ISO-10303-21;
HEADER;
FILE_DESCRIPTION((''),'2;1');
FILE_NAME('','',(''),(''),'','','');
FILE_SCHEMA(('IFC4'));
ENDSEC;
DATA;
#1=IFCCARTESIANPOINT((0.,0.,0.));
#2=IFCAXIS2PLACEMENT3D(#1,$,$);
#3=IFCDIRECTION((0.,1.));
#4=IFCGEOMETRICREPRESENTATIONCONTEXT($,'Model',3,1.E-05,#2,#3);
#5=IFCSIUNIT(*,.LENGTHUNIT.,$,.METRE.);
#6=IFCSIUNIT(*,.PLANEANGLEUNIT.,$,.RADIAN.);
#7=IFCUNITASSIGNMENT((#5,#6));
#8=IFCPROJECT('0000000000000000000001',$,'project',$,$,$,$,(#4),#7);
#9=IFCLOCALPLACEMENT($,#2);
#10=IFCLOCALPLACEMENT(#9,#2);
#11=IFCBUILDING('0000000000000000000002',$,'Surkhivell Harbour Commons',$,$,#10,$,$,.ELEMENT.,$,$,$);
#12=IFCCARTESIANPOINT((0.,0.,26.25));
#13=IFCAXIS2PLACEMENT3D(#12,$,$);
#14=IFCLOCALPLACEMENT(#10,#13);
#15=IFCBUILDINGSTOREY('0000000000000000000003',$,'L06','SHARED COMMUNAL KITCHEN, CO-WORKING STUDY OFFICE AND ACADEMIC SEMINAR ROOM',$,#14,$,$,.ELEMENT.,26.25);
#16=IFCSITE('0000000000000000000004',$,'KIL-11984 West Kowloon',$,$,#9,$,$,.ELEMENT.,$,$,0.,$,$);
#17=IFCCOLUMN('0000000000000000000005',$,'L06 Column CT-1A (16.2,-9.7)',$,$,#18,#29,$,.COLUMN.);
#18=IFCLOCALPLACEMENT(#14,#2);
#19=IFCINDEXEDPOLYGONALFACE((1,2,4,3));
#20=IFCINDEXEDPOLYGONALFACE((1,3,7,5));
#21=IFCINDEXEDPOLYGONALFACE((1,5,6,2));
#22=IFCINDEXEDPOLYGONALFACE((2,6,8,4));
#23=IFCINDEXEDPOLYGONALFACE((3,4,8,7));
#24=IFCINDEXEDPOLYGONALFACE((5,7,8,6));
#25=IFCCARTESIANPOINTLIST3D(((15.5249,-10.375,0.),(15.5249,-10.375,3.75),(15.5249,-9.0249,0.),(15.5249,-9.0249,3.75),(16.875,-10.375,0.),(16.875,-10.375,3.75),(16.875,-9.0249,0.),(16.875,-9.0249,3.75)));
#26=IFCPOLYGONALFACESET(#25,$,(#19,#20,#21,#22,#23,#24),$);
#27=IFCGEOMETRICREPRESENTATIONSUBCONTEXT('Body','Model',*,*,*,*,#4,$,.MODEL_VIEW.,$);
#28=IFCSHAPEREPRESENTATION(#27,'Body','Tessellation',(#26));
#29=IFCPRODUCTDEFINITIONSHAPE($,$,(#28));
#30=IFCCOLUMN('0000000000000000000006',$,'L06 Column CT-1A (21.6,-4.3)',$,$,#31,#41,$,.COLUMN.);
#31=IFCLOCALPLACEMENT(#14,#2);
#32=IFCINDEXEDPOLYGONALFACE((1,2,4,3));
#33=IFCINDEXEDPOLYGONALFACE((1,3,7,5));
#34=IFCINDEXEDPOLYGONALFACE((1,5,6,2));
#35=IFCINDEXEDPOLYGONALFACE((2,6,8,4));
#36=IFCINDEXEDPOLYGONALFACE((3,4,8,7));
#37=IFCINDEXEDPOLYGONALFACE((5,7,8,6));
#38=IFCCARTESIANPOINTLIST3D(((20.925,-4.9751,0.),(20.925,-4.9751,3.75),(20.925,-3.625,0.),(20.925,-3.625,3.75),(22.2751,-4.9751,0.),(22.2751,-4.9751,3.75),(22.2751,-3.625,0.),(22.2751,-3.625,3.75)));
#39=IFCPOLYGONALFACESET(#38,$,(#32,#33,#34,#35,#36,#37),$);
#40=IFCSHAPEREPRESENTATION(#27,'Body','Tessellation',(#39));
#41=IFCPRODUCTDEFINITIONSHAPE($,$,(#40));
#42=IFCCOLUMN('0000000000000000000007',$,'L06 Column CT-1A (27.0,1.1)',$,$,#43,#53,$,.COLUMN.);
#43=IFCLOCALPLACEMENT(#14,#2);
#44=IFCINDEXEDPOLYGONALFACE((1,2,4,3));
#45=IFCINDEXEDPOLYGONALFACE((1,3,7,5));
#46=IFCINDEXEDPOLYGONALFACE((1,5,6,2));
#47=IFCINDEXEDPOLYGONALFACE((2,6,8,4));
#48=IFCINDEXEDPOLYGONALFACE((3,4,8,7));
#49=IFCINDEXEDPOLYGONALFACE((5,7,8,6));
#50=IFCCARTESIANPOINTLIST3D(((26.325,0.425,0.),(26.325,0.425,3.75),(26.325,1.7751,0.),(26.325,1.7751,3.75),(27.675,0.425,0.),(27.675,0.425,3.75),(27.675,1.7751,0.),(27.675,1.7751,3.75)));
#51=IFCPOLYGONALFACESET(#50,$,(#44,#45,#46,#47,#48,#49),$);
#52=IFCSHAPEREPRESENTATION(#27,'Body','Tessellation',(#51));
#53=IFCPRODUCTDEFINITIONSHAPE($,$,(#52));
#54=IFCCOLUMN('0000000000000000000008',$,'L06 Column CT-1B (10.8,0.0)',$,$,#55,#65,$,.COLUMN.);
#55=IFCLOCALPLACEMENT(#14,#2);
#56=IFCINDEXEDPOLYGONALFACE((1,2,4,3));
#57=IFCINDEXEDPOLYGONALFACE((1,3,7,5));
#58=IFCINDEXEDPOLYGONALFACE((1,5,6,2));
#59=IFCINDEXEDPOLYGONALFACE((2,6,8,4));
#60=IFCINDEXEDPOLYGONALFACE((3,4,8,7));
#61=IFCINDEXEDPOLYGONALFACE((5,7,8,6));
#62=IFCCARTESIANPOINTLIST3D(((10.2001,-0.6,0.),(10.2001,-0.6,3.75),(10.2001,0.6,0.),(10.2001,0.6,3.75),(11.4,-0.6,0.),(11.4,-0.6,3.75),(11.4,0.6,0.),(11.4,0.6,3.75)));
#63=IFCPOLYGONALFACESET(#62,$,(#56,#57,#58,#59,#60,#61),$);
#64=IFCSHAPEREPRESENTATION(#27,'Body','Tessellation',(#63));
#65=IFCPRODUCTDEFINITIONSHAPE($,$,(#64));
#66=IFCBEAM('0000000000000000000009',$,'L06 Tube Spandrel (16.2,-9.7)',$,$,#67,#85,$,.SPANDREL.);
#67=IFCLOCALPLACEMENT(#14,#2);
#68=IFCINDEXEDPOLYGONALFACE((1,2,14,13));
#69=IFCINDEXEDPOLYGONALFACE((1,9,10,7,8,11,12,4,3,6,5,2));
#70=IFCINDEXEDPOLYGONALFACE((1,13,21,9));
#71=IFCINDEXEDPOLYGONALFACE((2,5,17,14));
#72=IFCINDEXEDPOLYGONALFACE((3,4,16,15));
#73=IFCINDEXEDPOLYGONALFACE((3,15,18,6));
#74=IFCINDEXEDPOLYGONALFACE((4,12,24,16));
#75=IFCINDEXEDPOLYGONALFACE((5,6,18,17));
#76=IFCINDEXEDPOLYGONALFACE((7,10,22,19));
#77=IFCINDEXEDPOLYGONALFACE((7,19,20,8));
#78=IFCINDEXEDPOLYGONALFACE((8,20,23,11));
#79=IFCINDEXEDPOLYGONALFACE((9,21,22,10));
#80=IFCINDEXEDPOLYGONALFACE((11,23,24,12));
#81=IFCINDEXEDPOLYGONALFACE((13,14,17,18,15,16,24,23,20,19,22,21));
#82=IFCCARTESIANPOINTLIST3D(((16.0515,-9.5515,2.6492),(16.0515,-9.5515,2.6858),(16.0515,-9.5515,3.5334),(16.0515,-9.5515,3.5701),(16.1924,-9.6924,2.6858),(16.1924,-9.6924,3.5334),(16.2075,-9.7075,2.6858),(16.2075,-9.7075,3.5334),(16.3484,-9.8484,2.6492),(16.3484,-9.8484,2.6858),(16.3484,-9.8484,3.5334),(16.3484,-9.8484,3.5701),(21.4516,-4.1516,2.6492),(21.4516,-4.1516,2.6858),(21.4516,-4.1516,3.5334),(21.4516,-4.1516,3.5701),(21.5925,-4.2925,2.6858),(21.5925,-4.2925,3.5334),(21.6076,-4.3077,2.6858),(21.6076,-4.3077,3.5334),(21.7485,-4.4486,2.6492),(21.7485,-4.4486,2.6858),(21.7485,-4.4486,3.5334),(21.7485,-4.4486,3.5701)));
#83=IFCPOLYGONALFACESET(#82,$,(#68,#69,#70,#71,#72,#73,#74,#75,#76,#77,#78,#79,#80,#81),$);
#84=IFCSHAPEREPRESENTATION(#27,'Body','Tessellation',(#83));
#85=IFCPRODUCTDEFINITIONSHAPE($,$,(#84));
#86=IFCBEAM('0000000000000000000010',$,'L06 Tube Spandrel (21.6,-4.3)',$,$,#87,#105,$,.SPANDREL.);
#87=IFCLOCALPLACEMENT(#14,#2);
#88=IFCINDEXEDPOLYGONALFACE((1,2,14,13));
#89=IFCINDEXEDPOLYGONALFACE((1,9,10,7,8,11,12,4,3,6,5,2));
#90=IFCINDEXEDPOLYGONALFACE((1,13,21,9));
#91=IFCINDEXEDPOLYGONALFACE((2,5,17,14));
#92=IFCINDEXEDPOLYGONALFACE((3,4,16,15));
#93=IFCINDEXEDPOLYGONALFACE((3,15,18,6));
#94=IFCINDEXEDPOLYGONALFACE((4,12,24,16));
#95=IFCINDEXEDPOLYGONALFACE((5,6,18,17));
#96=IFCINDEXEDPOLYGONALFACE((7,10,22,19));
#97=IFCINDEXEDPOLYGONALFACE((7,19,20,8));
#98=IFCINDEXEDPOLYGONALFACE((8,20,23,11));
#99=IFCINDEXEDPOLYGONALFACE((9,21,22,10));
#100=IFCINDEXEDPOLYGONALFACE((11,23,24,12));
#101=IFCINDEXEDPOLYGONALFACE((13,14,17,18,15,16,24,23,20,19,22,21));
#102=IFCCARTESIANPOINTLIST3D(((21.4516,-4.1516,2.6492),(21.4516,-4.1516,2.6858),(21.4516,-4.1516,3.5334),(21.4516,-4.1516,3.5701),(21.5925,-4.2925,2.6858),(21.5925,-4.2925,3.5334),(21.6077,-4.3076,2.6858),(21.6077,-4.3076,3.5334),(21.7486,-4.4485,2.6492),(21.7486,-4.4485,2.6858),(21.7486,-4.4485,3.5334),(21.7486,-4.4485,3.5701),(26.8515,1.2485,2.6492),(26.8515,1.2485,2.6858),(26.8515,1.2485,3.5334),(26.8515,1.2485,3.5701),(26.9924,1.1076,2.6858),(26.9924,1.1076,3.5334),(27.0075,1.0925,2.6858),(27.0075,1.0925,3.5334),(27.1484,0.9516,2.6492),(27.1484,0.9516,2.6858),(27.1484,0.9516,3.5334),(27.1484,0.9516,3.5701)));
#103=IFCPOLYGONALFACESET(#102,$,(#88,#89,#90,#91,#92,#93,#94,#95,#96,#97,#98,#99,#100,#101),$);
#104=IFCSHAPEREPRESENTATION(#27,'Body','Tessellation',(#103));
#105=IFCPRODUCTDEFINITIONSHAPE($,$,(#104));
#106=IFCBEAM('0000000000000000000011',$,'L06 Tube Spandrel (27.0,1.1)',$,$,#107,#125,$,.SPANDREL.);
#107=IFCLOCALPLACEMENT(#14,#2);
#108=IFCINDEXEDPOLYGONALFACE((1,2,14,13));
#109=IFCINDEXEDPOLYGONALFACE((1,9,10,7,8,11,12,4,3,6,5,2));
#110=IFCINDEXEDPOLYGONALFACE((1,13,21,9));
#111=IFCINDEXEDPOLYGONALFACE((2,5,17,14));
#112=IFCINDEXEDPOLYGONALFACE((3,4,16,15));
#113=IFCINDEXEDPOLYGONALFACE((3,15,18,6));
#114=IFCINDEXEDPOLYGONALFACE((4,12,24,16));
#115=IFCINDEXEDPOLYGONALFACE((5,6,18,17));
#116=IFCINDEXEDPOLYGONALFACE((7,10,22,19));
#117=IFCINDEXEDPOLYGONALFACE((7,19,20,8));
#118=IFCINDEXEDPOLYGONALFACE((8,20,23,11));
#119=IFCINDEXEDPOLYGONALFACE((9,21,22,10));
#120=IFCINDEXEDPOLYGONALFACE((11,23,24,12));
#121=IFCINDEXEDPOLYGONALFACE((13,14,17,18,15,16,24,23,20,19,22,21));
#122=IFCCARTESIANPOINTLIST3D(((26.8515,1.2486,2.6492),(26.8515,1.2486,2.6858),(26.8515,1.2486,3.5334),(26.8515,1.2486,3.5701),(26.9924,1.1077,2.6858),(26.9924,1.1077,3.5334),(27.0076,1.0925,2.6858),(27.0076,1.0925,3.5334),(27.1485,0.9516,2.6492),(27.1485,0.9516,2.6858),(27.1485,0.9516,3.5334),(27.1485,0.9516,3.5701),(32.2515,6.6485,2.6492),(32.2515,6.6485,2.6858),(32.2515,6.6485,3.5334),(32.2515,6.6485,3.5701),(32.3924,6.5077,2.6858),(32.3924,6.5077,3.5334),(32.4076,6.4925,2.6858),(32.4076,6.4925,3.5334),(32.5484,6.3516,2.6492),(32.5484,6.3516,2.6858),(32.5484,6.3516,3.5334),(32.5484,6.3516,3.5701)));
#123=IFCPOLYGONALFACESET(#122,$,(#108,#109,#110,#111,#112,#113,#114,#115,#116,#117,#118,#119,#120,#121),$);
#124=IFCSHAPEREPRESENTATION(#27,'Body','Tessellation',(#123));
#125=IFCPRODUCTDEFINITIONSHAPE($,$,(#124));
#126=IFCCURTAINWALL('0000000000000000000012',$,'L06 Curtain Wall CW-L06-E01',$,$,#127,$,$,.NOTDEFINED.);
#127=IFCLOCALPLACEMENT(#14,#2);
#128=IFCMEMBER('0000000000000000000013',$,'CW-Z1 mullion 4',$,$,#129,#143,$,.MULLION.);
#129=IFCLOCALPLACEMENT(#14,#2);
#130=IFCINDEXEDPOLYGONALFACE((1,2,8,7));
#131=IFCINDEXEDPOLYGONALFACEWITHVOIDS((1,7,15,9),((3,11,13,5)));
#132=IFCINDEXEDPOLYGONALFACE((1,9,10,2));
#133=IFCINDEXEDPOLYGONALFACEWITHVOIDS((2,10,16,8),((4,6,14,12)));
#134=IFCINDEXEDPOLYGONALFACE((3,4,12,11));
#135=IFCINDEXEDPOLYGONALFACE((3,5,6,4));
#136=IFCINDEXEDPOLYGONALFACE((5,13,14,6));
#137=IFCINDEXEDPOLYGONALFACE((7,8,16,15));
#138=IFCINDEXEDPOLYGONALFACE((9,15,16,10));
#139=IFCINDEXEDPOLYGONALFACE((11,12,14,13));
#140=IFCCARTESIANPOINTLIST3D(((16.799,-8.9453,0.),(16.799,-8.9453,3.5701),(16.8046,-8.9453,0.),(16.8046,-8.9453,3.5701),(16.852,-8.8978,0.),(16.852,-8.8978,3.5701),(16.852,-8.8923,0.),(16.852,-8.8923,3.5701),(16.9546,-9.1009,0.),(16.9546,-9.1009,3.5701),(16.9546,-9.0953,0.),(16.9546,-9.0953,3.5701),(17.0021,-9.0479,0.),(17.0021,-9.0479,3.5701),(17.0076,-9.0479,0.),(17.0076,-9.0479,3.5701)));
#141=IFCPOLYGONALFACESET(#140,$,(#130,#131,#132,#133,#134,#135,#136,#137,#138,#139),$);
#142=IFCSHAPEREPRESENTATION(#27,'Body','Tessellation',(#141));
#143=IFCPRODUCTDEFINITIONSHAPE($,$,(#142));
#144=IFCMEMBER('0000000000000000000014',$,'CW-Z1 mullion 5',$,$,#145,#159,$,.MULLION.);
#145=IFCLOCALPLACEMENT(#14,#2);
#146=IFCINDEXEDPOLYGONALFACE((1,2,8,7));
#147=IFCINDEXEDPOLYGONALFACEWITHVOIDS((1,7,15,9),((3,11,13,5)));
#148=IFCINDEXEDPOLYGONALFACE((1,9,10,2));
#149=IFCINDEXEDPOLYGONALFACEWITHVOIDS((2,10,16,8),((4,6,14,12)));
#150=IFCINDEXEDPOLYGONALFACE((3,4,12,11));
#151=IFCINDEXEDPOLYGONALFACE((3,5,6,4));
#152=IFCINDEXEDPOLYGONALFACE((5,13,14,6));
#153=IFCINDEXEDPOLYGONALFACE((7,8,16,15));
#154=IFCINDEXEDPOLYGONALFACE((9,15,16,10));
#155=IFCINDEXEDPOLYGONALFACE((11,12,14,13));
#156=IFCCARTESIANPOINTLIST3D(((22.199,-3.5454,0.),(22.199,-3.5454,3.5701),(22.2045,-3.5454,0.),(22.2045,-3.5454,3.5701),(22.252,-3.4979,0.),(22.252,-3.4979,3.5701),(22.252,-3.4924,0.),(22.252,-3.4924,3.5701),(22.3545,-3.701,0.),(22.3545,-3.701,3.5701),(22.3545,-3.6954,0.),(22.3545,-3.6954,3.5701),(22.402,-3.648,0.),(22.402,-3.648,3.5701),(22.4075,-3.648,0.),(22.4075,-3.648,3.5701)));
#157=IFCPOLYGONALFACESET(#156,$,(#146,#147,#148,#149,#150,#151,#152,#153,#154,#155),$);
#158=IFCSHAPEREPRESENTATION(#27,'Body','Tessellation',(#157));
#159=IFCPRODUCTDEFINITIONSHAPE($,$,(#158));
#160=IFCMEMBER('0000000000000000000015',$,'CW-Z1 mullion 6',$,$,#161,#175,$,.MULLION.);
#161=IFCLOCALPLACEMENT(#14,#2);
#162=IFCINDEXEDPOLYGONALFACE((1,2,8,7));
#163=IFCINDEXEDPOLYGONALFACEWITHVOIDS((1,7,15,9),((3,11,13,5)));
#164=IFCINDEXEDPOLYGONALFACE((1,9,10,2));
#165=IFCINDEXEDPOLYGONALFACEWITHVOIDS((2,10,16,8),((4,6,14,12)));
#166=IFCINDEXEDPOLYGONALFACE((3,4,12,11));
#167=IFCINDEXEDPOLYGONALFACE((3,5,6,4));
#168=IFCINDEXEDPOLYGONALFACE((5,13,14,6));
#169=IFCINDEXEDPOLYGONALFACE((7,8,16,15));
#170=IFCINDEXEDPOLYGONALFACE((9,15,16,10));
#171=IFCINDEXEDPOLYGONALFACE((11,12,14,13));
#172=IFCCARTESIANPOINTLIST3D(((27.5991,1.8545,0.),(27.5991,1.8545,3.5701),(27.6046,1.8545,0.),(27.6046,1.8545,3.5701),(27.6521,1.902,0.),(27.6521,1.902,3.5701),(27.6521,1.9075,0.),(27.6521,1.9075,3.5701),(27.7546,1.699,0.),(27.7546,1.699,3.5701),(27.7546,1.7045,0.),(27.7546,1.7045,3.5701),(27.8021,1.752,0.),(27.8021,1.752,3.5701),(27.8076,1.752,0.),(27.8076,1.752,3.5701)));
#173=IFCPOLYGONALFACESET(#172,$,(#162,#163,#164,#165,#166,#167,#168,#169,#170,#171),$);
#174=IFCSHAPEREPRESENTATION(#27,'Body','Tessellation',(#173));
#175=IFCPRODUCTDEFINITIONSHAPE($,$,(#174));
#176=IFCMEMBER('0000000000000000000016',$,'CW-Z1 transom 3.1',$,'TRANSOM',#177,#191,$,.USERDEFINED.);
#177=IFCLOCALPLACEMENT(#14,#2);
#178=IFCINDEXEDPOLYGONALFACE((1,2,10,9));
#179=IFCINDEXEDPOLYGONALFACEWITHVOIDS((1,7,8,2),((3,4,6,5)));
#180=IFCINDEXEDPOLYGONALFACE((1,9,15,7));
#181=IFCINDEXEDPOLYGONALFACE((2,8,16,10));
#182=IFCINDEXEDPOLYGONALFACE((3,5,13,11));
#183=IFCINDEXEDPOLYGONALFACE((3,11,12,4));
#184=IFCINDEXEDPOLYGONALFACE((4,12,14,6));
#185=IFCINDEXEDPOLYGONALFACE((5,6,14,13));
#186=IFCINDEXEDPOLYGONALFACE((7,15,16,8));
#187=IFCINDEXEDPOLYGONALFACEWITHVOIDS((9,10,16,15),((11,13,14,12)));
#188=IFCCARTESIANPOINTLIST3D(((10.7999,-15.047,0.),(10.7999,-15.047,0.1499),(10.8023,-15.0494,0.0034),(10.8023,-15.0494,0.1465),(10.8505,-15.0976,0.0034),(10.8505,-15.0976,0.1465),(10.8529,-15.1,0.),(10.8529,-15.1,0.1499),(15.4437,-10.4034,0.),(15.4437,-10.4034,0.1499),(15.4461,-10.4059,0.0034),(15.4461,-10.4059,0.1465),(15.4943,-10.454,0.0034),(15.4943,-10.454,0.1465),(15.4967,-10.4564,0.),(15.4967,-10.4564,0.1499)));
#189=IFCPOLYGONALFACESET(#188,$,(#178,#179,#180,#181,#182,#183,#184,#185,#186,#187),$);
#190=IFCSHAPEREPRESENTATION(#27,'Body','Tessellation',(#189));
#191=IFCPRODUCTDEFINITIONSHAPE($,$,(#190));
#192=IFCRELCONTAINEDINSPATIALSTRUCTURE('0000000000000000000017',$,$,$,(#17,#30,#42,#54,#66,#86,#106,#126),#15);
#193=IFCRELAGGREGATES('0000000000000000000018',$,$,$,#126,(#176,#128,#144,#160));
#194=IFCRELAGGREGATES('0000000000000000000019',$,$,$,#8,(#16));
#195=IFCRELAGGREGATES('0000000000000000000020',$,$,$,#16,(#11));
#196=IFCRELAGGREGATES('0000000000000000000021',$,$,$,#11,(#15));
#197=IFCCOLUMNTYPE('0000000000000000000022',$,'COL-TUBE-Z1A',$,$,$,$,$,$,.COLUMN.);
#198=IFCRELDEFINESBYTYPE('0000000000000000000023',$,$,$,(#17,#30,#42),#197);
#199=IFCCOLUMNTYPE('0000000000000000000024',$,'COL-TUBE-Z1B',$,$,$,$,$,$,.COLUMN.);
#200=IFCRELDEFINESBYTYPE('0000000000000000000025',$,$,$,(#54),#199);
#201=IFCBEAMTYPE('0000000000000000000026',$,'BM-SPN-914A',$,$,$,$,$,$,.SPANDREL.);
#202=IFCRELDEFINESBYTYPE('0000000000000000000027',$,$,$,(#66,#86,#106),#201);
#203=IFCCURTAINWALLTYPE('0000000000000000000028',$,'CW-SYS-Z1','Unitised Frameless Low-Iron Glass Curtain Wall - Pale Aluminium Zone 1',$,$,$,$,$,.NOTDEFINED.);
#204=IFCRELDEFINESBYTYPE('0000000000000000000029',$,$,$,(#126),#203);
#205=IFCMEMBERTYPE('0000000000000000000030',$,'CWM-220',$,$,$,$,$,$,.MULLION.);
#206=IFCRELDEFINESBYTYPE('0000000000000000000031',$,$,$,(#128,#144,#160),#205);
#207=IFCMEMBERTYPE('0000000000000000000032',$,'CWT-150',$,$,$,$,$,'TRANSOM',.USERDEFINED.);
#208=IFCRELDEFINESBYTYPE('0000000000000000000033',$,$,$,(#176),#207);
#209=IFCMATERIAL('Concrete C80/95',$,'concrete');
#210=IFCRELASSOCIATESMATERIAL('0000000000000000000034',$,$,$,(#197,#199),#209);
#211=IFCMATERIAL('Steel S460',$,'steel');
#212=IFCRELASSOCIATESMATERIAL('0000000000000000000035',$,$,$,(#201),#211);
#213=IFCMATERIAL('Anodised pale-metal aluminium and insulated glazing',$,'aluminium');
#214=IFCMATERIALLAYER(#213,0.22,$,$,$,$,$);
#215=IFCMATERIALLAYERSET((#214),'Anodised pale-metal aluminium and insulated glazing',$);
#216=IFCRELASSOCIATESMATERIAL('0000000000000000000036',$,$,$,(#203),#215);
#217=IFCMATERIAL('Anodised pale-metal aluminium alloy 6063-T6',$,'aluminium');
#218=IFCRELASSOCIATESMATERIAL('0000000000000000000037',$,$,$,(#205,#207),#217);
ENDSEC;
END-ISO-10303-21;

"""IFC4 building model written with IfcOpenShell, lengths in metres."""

from ifc_helpers import new_model, si_unit, direction, frame, origin, origin_2d, place, context, subcontext, project, spatial, rectangle, hollow_rectangle, i_section, extrude, material, layer, layer_set, material_profile, profile_set, type_object, element, aggregate, save


model = new_model("IFC4")

# Units and contexts
model_context = context("Model", 3, precision=1e-05, world=origin(), true_north=direction((0.0, 1.0)))
body_context = subcontext(model_context, "Body", "Model", "MODEL_VIEW")
ifc_project = project(units=[si_unit("LENGTHUNIT", "METRE"), si_unit("PLANEANGLEUNIT", "RADIAN")], contexts=[model_context])

# Site, building, storey
site_placement = place(None, origin())
site = spatial("IfcSite", under=ifc_project, at=site_placement, Name="KIL-11984 West Kowloon", CompositionType="ELEMENT", RefElevation=0.0)
building_placement = place(site_placement, origin())
building = spatial("IfcBuilding", under=site, at=building_placement, Name="Surkhivell Harbour Commons", CompositionType="ELEMENT")
storey_placement = place(building_placement, frame((0.0, 0.0, 26.25)))
storey = spatial("IfcBuildingStorey", under=building, at=storey_placement, Name="L06", Description="SHARED COMMUNAL KITCHEN, CO-WORKING STUDY OFFICE AND ACADEMIC SEMINAR ROOM", CompositionType="ELEMENT", Elevation=26.25)

# Columns
ifc_material_1 = material(Name="Concrete C80/95", Category="concrete")
ifc_material_profile_1 = material_profile(ifc_material_1, rectangle(XDim=1.3501, YDim=1.3501, at=origin_2d()), Name="RC-COL-1350x1350")
ifc_profile_set_1 = profile_set([ifc_material_profile_1], Name="Concrete C80/95")
column_type_1 = type_object("IfcColumnType", Name="COL-TUBE-Z1A", PredefinedType="COLUMN", material=ifc_profile_set_1)
for number, where, z_axis, x_axis, name in (
    (1, (16.2, -9.7, 0.0), (0.0, 0.0, 1.0), (1.0, 0.0, 0.0), "L06 Column CT-1A (16.2,-9.7)"),
    (2, (21.6001, -4.3, 0.0), (0.0, 0.0, 1.0), (1.0, 0.0, 0.0), "L06 Column CT-1A (21.6,-4.3)"),
    (3, (27.0, 1.1001, 0.0), (0.0, 0.0, 1.0), (1.0, 0.0, 0.0), "L06 Column CT-1A (27.0,1.1)"),
):
    element("IfcColumn", number, at=place(storey_placement, frame(where, z_axis=z_axis, x_axis=x_axis)), inside=storey, type_object=column_type_1, Name=name, PredefinedType="COLUMN", context=body_context, shape_type="SweptSolid", body=[
        extrude(rectangle(XDim=1.3501, YDim=1.3501, at=origin_2d()), origin(), (0.0, 0.0, 1.0), 3.75),
    ])
ifc_material_profile_2 = material_profile(ifc_material_1, rectangle(XDim=1.2, YDim=1.2, at=origin_2d()), Name="RC-COL-1200x1200")
ifc_profile_set_2 = profile_set([ifc_material_profile_2], Name="Concrete C80/95")
column_type_2 = type_object("IfcColumnType", Name="COL-TUBE-Z1B", PredefinedType="COLUMN", material=ifc_profile_set_2)
column_placement = place(storey_placement, frame((10.8, 0.0, 0.0), z_axis=(0.0, 0.0, 1.0), x_axis=(1.0, 0.0, 0.0)))
element("IfcColumn", 4, at=column_placement, inside=storey, type_object=column_type_2, Name="L06 Column CT-1B (10.8,0.0)", PredefinedType="COLUMN", context=body_context, shape_type="SweptSolid", body=[
    extrude(rectangle(XDim=1.2, YDim=1.2, at=origin_2d()), origin(), (0.0, 0.0, 1.0), 3.75),
])

# Beams
ifc_material_2 = material(Name="Steel S460", Category="steel")
ifc_material_profile_3 = material_profile(ifc_material_2, i_section(OverallWidth=0.4199, OverallDepth=0.9209, WebThickness=0.0215, FlangeThickness=0.0366, at=origin_2d()), Name="UB914x419x388")
ifc_profile_set_3 = profile_set([ifc_material_profile_3], Name="Steel S460")
beam_type = type_object("IfcBeamType", Name="BM-SPN-914A", PredefinedType="SPANDREL", material=ifc_profile_set_3)
for number, where, z_axis, x_axis, name in (
    (5, (16.2, -9.7, 3.1096), (0.707123, 0.707091, 0.0), (-0.707091, 0.707123, 0.0), "L06 Tube Spandrel (16.2,-9.7)"),
    (6, (21.6001, -4.3, 3.1096), (0.707091, 0.707123, 0.0), (-0.707123, 0.707091, 0.0), "L06 Tube Spandrel (21.6,-4.3)"),
    (7, (27.0, 1.1001, 3.1096), (0.707107, 0.707107, 0.0), (-0.707107, 0.707107, 0.0), "L06 Tube Spandrel (27.0,1.1)"),
):
    element("IfcBeam", number, at=place(storey_placement, frame(where, z_axis=z_axis, x_axis=x_axis)), inside=storey, type_object=beam_type, Name=name, PredefinedType="SPANDREL", context=body_context, shape_type="SweptSolid", body=[
        extrude(i_section(OverallWidth=0.4199, OverallDepth=0.9209, WebThickness=0.0215, FlangeThickness=0.0366, at=origin_2d()), origin(), (0.0, 0.0, 1.0), 7.6367),
    ])

# Curtain wall, members
ifc_material_3 = material(Name="Anodised pale-metal aluminium and insulated glazing", Category="aluminium")
ifc_layer_1 = layer(ifc_material_3, 0.22)
ifc_layer_set_1 = layer_set([ifc_layer_1], Name="Anodised pale-metal aluminium and insulated glazing")
curtain_wall_type = type_object("IfcCurtainWallType", Name="CW-SYS-Z1", Description="Unitised Frameless Low-Iron Glass Curtain Wall - Pale Aluminium Zone 1", PredefinedType="NOTDEFINED", material=ifc_layer_set_1)
curtain_wall_placement = place(storey_placement, origin())
curtain_wall = element("IfcCurtainWall", 8, at=curtain_wall_placement, inside=storey, type_object=curtain_wall_type, Name="L06 Curtain Wall CW-L06-E01", PredefinedType="NOTDEFINED")
ifc_material_4 = material(Name="Anodised pale-metal aluminium alloy 6063-T6", Category="aluminium")
ifc_material_profile_4 = material_profile(ifc_material_4, hollow_rectangle(XDim=0.075, YDim=0.22, WallThickness=0.0039, at=origin_2d()), Name="ALU-MULL-75x220")
ifc_profile_set_4 = profile_set([ifc_material_profile_4], Name="Anodised pale-metal aluminium alloy 6063-T6")
member_type_1 = type_object("IfcMemberType", Name="CWM-220", PredefinedType="MULLION", material=ifc_profile_set_4)
member_1_placement = place(storey_placement, frame((16.9033, -8.9966, 0.0), z_axis=(0.0, 0.0, 1.0), x_axis=(0.707107, 0.707107, 0.0)))
member_1 = element("IfcMember", 9, at=member_1_placement, type_object=member_type_1, Name="CW-Z1 mullion 4", PredefinedType="MULLION", context=body_context, shape_type="SweptSolid", body=[
    extrude(hollow_rectangle(XDim=0.075, YDim=0.22, WallThickness=0.0039, at=origin_2d()), origin(), (0.0, 0.0, 1.0), 3.5701),
])
member_2_placement = place(storey_placement, frame((22.3032, -3.5967, 0.0), z_axis=(0.0, 0.0, 1.0), x_axis=(0.707107, 0.707107, 0.0)))
member_2 = element("IfcMember", 10, at=member_2_placement, type_object=member_type_1, Name="CW-Z1 mullion 5", PredefinedType="MULLION", context=body_context, shape_type="SweptSolid", body=[
    extrude(hollow_rectangle(XDim=0.075, YDim=0.22, WallThickness=0.0039, at=origin_2d()), origin(), (0.0, 0.0, 1.0), 3.5701),
])
member_3_placement = place(storey_placement, frame((27.7034, 1.8032, 0.0), z_axis=(0.0, 0.0, 1.0), x_axis=(0.707107, 0.707107, 0.0)))
member_3 = element("IfcMember", 11, at=member_3_placement, type_object=member_type_1, Name="CW-Z1 mullion 6", PredefinedType="MULLION", context=body_context, shape_type="SweptSolid", body=[
    extrude(hollow_rectangle(XDim=0.075, YDim=0.22, WallThickness=0.0039, at=origin_2d()), origin(), (0.0, 0.0, 1.0), 3.5701),
])
ifc_material_profile_5 = material_profile(ifc_material_4, hollow_rectangle(XDim=0.075, YDim=0.1499, WallThickness=0.0034, at=origin_2d()), Name="ALU-TRAN-75x150")
ifc_profile_set_5 = profile_set([ifc_material_profile_5], Name="Anodised pale-metal aluminium alloy 6063-T6")
member_type_2 = type_object("IfcMemberType", Name="CWT-150", ElementType="TRANSOM", PredefinedType="USERDEFINED", material=ifc_profile_set_5)
member_4_placement = place(storey_placement, frame((10.8264, -15.0735, 0.075), z_axis=(0.707125, 0.707088, 0.0), x_axis=(-0.707088, 0.707125, 0.0)))
member_4 = element("IfcMember", 12, at=member_4_placement, type_object=member_type_2, Name="CW-Z1 transom 3.1", ObjectType="TRANSOM", PredefinedType="USERDEFINED", context=body_context, shape_type="SweptSolid", body=[
    extrude(hollow_rectangle(XDim=0.075, YDim=0.1499, WallThickness=0.0034, at=origin_2d()), origin(), (0.0, 0.0, 1.0), 6.5671),
])
aggregate(curtain_wall, [member_4, member_1, member_2, member_3])

save(model, "model.ifc")
